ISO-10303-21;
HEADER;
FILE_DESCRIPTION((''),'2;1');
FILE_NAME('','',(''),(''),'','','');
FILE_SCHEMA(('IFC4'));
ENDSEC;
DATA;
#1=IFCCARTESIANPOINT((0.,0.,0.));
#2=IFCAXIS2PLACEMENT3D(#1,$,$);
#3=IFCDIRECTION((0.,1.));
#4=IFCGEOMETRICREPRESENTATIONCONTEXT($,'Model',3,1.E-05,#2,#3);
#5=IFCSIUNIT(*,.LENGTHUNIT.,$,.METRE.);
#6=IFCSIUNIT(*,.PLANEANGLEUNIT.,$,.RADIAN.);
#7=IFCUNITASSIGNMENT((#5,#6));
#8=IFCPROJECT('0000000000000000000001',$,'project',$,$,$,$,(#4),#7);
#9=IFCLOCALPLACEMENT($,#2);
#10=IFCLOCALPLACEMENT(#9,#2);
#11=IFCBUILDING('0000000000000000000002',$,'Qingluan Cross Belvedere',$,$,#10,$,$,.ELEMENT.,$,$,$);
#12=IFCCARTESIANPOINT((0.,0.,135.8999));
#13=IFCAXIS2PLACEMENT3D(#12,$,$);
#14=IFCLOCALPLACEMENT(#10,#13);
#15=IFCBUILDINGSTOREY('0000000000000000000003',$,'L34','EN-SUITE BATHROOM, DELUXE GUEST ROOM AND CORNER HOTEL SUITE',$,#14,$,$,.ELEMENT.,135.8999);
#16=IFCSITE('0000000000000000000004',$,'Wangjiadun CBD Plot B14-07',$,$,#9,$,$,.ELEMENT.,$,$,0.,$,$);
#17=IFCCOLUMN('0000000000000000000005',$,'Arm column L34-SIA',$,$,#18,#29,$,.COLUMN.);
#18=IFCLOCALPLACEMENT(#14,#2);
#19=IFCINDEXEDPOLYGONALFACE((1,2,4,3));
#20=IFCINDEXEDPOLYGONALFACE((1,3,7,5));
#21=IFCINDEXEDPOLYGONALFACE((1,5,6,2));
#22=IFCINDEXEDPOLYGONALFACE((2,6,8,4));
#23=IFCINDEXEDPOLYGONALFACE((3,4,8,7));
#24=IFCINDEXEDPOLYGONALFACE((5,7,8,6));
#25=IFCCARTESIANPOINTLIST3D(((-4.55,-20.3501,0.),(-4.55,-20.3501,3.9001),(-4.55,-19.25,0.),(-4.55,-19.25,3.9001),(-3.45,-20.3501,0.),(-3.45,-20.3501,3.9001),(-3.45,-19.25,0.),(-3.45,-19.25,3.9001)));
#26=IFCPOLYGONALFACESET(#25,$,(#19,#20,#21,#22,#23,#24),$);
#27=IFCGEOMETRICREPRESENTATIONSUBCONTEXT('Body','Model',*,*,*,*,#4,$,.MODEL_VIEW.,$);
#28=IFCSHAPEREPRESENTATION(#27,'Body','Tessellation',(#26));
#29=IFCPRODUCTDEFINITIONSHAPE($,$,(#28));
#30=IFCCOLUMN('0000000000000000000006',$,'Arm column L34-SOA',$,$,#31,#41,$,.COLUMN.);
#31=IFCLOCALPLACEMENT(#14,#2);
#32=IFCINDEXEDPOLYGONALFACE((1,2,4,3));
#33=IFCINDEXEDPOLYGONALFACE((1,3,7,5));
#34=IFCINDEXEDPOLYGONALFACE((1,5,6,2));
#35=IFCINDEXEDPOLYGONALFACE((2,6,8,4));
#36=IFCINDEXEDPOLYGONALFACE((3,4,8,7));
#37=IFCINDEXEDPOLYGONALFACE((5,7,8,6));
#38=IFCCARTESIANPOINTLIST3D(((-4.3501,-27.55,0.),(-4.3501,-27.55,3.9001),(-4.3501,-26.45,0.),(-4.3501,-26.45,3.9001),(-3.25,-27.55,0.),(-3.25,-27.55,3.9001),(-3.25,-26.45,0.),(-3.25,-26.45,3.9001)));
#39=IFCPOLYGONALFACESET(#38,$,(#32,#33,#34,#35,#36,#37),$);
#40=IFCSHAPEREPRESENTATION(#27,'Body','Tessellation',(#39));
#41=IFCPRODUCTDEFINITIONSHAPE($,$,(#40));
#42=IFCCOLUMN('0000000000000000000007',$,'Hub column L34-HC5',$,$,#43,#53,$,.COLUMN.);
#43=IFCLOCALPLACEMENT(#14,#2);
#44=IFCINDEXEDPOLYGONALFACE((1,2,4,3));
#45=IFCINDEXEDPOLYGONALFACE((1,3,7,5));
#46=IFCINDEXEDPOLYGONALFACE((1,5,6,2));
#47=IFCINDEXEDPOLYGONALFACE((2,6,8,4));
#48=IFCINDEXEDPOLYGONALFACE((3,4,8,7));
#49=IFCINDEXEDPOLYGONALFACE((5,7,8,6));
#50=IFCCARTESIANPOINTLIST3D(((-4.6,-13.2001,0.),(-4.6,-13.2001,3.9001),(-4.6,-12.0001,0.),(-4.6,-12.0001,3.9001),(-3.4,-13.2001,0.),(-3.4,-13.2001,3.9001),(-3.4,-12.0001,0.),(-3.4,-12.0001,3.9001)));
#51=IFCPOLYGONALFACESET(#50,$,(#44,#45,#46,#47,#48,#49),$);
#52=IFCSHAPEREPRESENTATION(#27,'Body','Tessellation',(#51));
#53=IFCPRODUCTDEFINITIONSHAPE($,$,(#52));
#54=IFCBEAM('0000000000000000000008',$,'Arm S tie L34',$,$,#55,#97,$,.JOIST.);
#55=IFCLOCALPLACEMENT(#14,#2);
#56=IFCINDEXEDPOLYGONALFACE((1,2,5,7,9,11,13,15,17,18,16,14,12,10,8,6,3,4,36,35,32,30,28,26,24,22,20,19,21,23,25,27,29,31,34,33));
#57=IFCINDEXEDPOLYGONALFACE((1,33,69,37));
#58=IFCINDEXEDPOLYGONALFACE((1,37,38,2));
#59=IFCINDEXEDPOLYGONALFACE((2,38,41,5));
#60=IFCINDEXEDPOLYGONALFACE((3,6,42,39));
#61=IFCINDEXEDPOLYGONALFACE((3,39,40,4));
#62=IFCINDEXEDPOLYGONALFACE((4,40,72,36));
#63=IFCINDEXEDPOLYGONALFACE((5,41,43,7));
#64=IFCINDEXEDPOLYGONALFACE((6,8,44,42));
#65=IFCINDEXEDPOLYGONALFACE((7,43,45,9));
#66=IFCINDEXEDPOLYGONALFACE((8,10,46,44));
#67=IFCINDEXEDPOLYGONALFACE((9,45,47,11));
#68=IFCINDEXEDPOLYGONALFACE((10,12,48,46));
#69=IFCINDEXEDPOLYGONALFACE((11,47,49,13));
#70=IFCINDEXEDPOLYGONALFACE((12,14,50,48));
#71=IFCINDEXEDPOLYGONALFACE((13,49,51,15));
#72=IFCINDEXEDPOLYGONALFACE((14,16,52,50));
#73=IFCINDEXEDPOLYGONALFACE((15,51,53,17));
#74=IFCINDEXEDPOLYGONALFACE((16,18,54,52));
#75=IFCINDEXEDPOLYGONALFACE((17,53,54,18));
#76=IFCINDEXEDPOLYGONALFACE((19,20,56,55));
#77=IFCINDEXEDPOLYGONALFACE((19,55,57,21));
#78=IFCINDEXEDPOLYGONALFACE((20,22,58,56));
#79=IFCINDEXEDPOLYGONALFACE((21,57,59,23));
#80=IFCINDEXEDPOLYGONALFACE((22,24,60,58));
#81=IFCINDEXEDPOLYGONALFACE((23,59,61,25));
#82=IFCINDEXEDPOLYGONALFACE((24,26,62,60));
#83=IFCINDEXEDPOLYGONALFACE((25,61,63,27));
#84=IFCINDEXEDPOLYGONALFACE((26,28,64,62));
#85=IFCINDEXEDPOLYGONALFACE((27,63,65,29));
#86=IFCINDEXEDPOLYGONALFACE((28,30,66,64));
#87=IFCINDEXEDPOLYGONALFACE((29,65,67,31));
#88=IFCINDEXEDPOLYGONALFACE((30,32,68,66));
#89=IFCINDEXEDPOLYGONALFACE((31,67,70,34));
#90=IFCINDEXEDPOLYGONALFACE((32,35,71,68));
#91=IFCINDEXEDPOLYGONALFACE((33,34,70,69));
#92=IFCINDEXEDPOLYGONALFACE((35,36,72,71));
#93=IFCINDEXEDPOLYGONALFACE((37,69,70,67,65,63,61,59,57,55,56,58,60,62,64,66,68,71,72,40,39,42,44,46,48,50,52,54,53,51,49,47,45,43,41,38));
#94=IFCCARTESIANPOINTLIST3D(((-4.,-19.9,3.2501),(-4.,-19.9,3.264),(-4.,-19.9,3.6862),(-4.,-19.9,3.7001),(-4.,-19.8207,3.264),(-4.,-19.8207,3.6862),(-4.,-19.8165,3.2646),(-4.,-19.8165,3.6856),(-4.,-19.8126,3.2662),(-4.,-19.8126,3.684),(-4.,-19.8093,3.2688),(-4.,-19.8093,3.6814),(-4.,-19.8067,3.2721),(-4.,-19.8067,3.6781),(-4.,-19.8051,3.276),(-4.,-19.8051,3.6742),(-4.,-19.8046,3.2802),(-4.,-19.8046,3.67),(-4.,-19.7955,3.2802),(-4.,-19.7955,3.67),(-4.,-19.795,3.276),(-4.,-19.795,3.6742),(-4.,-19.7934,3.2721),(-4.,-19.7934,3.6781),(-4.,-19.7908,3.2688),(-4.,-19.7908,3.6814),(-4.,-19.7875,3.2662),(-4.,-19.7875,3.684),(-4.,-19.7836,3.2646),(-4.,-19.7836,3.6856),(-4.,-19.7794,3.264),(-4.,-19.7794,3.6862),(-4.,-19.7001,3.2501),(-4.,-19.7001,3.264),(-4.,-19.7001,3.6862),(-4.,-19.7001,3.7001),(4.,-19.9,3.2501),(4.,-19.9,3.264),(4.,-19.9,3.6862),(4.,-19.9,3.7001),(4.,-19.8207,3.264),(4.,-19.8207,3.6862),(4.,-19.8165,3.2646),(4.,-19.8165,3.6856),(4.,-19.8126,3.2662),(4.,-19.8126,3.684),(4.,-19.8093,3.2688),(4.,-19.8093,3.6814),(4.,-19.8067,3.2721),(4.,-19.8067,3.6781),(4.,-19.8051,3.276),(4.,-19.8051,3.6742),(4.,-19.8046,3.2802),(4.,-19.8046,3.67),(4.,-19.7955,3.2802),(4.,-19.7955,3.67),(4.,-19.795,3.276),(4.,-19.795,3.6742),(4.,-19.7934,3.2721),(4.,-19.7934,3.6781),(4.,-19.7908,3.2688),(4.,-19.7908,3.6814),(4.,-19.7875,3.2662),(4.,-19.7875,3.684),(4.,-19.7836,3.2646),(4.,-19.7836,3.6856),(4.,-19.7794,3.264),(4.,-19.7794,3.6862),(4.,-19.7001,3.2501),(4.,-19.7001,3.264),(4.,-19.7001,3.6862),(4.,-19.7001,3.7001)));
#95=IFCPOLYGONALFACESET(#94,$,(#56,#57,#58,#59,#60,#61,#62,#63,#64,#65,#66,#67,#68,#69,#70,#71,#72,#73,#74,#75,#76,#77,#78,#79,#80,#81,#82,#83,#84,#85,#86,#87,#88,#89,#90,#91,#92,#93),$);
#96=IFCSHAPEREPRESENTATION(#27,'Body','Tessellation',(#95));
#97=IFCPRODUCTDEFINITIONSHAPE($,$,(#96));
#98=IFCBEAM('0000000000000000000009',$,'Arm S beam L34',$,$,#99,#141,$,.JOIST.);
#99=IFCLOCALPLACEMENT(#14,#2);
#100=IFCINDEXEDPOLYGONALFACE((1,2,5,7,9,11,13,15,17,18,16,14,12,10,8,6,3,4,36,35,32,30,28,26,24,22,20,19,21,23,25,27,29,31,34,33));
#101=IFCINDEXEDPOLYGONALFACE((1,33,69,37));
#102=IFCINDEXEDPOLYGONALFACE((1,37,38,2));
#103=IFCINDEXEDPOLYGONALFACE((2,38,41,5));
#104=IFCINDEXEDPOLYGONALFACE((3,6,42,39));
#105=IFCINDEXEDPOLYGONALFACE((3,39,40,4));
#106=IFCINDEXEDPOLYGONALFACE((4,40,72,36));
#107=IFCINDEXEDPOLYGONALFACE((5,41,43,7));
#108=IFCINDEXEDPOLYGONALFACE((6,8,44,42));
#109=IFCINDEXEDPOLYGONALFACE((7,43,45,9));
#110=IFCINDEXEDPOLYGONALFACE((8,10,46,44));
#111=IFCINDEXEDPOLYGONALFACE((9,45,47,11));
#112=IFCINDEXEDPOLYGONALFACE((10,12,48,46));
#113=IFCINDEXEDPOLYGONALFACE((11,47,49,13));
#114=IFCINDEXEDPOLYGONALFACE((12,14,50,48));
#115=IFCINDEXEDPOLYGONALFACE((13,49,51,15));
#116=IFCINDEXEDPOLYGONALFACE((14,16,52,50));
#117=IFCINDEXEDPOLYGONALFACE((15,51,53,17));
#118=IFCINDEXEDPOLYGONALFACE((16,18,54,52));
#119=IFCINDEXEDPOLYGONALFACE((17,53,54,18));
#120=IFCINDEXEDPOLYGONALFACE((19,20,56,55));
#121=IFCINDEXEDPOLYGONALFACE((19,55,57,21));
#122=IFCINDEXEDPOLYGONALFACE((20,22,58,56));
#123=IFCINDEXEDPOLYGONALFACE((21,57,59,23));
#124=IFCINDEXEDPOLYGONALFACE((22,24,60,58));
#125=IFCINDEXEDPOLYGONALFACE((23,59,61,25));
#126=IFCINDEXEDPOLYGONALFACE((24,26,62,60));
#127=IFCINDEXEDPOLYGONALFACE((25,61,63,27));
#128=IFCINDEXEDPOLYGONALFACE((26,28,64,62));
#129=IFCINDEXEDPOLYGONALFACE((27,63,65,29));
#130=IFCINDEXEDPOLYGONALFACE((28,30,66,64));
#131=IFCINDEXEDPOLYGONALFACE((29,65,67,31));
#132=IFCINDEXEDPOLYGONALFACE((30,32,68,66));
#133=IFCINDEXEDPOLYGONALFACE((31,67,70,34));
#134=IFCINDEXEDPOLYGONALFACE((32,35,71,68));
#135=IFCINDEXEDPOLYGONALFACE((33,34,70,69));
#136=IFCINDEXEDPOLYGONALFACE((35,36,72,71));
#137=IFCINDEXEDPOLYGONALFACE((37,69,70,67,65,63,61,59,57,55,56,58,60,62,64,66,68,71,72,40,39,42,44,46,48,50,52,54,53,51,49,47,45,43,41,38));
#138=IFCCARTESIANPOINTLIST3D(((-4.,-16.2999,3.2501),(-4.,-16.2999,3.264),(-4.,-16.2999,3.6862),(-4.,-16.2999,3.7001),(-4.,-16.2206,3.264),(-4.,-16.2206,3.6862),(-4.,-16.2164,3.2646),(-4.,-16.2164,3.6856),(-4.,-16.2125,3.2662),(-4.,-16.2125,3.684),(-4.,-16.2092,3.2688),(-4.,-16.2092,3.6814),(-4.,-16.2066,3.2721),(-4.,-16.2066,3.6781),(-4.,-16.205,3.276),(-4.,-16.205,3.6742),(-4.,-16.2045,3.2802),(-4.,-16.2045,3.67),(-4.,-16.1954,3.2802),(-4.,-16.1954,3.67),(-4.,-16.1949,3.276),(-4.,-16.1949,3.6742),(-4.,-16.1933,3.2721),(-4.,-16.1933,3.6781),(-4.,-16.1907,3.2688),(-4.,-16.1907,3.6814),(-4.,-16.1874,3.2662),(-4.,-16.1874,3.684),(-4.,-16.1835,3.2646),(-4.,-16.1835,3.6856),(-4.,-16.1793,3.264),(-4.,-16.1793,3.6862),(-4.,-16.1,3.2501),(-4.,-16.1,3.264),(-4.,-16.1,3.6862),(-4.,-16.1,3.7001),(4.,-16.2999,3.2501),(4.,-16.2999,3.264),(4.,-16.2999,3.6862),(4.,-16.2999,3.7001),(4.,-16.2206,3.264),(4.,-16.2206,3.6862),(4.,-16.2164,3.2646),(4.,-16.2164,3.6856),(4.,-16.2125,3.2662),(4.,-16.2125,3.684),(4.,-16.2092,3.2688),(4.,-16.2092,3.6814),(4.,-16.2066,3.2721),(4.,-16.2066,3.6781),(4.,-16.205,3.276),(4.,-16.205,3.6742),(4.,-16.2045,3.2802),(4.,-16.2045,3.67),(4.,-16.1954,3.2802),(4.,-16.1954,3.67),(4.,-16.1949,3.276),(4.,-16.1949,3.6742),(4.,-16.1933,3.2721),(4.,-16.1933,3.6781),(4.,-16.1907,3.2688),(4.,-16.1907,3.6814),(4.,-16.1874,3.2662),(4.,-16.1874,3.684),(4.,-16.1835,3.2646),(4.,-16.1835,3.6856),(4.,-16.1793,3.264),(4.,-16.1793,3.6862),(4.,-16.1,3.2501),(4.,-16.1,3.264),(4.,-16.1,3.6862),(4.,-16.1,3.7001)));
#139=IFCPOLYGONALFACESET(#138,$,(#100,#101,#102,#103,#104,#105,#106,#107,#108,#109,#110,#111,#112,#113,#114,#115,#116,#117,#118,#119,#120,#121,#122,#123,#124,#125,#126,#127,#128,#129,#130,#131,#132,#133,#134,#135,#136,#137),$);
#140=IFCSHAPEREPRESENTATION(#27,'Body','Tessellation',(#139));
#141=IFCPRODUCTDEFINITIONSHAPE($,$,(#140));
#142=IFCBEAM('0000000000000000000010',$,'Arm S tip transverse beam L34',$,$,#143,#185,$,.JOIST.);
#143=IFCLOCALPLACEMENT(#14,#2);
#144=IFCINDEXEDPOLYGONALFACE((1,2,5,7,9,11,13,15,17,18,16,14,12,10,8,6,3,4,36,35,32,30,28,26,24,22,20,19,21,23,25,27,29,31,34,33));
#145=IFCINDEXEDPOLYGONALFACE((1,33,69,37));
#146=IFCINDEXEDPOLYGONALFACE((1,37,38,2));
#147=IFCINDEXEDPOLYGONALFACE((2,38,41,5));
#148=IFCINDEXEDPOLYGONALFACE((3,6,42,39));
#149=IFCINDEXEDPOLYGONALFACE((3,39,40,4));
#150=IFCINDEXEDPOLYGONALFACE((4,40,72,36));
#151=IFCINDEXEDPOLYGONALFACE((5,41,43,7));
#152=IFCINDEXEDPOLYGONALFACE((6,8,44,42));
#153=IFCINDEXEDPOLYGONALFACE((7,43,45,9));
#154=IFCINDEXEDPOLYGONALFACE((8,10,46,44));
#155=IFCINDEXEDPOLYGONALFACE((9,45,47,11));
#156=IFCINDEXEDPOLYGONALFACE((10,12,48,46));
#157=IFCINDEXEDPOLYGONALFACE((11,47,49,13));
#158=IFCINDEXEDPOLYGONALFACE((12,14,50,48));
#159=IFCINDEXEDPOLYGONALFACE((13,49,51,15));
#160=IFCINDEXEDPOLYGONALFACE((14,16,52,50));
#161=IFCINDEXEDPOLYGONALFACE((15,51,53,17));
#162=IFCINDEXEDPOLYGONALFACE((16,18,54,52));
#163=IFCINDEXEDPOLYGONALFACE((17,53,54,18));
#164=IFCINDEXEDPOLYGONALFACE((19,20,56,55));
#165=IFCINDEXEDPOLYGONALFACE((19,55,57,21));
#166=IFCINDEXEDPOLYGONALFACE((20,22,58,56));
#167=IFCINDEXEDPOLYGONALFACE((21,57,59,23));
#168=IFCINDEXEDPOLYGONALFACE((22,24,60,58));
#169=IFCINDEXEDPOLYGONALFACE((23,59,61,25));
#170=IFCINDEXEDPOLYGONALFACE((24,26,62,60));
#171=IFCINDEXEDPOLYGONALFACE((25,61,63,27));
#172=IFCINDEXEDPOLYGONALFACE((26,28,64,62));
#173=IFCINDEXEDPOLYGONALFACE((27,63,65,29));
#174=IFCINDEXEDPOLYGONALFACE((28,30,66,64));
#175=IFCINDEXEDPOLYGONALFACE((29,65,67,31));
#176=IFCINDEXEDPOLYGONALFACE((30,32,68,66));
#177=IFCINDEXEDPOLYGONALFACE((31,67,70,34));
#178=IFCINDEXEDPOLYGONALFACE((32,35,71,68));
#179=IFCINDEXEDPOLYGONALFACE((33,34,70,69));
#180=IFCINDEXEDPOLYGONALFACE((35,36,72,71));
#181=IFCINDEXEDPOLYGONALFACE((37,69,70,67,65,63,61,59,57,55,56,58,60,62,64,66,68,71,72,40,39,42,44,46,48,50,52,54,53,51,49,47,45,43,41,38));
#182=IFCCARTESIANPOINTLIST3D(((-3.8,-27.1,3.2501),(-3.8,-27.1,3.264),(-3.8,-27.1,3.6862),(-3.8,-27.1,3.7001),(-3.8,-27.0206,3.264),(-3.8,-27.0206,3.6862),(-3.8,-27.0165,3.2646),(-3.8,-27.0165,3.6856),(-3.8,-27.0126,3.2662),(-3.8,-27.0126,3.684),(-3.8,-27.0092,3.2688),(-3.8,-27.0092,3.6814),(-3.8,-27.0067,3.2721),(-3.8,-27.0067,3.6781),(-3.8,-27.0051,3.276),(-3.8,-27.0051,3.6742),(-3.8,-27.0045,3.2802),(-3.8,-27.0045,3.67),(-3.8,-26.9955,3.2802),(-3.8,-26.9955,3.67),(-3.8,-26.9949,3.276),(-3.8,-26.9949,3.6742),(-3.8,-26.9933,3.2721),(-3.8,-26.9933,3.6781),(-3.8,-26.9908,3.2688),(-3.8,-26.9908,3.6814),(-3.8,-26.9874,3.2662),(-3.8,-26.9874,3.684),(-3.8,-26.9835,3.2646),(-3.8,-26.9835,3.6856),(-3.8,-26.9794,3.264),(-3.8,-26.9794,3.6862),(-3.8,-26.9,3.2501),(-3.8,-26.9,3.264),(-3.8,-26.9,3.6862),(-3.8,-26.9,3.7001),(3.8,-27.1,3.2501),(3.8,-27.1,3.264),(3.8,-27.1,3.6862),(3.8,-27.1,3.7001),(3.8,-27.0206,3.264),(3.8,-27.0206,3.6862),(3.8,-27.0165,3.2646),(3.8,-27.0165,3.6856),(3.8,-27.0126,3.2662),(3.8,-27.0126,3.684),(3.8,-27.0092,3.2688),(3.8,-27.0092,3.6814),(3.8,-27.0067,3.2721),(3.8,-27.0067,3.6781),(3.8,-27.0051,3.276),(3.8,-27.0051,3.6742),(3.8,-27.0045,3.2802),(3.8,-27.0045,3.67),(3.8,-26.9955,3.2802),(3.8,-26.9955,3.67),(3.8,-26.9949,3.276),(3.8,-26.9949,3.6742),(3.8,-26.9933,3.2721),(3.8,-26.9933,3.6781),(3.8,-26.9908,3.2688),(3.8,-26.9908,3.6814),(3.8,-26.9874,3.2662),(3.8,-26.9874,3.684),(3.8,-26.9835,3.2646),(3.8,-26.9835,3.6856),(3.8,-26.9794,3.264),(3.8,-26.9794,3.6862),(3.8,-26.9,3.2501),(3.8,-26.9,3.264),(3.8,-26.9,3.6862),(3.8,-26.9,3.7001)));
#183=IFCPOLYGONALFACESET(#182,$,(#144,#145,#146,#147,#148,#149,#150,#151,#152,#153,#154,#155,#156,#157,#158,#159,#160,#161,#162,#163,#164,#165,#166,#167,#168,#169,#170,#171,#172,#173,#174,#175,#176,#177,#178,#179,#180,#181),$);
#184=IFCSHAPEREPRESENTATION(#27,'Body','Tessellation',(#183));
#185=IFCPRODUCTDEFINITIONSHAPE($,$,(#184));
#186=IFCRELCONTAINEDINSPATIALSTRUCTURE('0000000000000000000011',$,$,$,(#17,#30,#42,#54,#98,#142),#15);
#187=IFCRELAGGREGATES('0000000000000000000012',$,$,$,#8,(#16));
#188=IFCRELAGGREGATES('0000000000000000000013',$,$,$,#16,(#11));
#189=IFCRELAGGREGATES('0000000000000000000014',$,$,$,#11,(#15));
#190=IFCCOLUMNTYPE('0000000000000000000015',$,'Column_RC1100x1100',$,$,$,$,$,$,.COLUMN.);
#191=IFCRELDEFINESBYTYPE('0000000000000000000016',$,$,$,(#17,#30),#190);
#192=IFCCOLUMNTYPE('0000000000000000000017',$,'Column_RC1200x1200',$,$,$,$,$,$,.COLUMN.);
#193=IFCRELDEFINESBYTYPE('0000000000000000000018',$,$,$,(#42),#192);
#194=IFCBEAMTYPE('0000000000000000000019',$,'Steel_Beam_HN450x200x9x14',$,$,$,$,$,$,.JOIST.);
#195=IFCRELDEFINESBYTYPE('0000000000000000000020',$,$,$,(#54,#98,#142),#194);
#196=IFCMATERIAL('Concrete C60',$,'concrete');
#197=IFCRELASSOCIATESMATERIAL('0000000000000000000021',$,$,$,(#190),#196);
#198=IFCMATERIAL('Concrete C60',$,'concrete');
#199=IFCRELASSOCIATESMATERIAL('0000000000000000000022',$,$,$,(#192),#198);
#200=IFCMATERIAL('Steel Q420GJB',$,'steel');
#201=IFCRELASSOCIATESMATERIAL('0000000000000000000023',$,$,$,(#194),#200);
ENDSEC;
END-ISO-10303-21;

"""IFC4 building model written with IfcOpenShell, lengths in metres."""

from ifc_helpers import new_model, si_unit, direction, frame, origin, origin_2d, place, context, subcontext, project, spatial, rectangle, i_section, extrude, material, material_profile, profile_set, type_object, element, save


model = new_model("IFC4")

# Units and contexts
model_context = context("Model", 3, precision=1e-05, world=origin(), true_north=direction((0.0, 1.0)))
body_context = subcontext(model_context, "Body", "Model", "MODEL_VIEW")
ifc_project = project(units=[si_unit("LENGTHUNIT", "METRE"), si_unit("PLANEANGLEUNIT", "RADIAN")], contexts=[model_context])

# Site, building, storey
site_placement = place(None, origin())
site = spatial("IfcSite", under=ifc_project, at=site_placement, Name="Wangjiadun CBD Plot B14-07", CompositionType="ELEMENT", RefElevation=0.0)
building_placement = place(site_placement, origin())
building = spatial("IfcBuilding", under=site, at=building_placement, Name="Qingluan Cross Belvedere", CompositionType="ELEMENT")
storey_placement = place(building_placement, frame((0.0, 0.0, 135.8999)))
storey = spatial("IfcBuildingStorey", under=building, at=storey_placement, Name="L34", Description="EN-SUITE BATHROOM, DELUXE GUEST ROOM AND CORNER HOTEL SUITE", CompositionType="ELEMENT", Elevation=135.8999)

# Columns
ifc_material_1 = material(Name="Concrete C60", Category="concrete")
ifc_material_profile_1 = material_profile(ifc_material_1, rectangle(XDim=1.1001, YDim=1.1001, at=origin_2d()), Name="RC1100x1100")
ifc_profile_set_1 = profile_set([ifc_material_profile_1], Name="Concrete C60")
column_type_1 = type_object("IfcColumnType", Name="Column_RC1100x1100", PredefinedType="COLUMN", material=ifc_profile_set_1)
for number, where, z_axis, x_axis, name in (
    (1, (-4.0, -19.8, 0.0), (0.0, 0.0, 1.0), (1.0, 0.0, 0.0), "Arm column L34-SIA"),
    (2, (-3.8, -27.0, 0.0), (0.0, 0.0, 1.0), (1.0, 0.0, 0.0), "Arm column L34-SOA"),
):
    element("IfcColumn", number, at=place(storey_placement, frame(where, z_axis=z_axis, x_axis=x_axis)), inside=storey, type_object=column_type_1, Name=name, PredefinedType="COLUMN", context=body_context, shape_type="SweptSolid", body=[
        extrude(rectangle(XDim=1.1001, YDim=1.1001, at=origin_2d()), origin(), (0.0, 0.0, 1.0), 3.9001),
    ])
ifc_material_2 = material(Name="Concrete C60", Category="concrete")
ifc_material_profile_2 = material_profile(ifc_material_2, rectangle(XDim=1.2, YDim=1.2, at=origin_2d()), Name="RC1200x1200")
ifc_profile_set_2 = profile_set([ifc_material_profile_2], Name="Concrete C60")
column_type_2 = type_object("IfcColumnType", Name="Column_RC1200x1200", PredefinedType="COLUMN", material=ifc_profile_set_2)
column_placement = place(storey_placement, frame((-4.0, -12.6001, 0.0), z_axis=(0.0, 0.0, 1.0), x_axis=(1.0, 0.0, 0.0)))
element("IfcColumn", 3, at=column_placement, inside=storey, type_object=column_type_2, Name="Hub column L34-HC5", PredefinedType="COLUMN", context=body_context, shape_type="SweptSolid", body=[
    extrude(rectangle(XDim=1.2, YDim=1.2, at=origin_2d()), origin(), (0.0, 0.0, 1.0), 3.9001),
])

# Beams
ifc_material_3 = material(Name="Steel Q420GJB", Category="steel")
ifc_material_profile_3 = material_profile(ifc_material_3, i_section(OverallWidth=0.2, OverallDepth=0.45, WebThickness=0.009, FlangeThickness=0.0139, FilletRadius=0.0161, at=origin_2d()), Name="HN450x200x9x14")
ifc_profile_set_3 = profile_set([ifc_material_profile_3], Name="Steel Q420GJB")
beam_type_1 = type_object("IfcBeamType", Name="Steel_Beam_HN450x200x9x14", PredefinedType="JOIST", material=ifc_profile_set_3)
for number, where, z_axis, x_axis, name in (
    (4, (-4.0, -19.8, 3.4751), (1.0, 0.0, 0.0), (0.0, 1.0, 0.0), "Arm S tie L34"),
    (5, (-4.0, -16.2, 3.4751), (1.0, 0.0, 0.0), (0.0, 1.0, 0.0), "Arm S beam L34"),
):
    element("IfcBeam", number, at=place(storey_placement, frame(where, z_axis=z_axis, x_axis=x_axis)), inside=storey, type_object=beam_type_1, Name=name, PredefinedType="JOIST", context=body_context, shape_type="SweptSolid", body=[
        extrude(i_section(OverallWidth=0.2, OverallDepth=0.45, WebThickness=0.009, FlangeThickness=0.0139, FilletRadius=0.0161, at=origin_2d()), origin(), (0.0, 0.0, 1.0), 8.0),
    ])
beam_1_placement = place(storey_placement, frame((-3.8, -27.0, 3.4751), z_axis=(1.0, 0.0, 0.0), x_axis=(0.0, 1.0, 0.0)))
element("IfcBeam", 6, at=beam_1_placement, inside=storey, type_object=beam_type_1, Name="Arm S tip transverse beam L34", PredefinedType="JOIST", context=body_context, shape_type="SweptSolid", body=[
    extrude(i_section(OverallWidth=0.2, OverallDepth=0.45, WebThickness=0.009, FlangeThickness=0.0139, FilletRadius=0.0161, at=origin_2d()), origin(), (0.0, 0.0, 1.0), 7.6001),
])

save(model, "model.ifc")
